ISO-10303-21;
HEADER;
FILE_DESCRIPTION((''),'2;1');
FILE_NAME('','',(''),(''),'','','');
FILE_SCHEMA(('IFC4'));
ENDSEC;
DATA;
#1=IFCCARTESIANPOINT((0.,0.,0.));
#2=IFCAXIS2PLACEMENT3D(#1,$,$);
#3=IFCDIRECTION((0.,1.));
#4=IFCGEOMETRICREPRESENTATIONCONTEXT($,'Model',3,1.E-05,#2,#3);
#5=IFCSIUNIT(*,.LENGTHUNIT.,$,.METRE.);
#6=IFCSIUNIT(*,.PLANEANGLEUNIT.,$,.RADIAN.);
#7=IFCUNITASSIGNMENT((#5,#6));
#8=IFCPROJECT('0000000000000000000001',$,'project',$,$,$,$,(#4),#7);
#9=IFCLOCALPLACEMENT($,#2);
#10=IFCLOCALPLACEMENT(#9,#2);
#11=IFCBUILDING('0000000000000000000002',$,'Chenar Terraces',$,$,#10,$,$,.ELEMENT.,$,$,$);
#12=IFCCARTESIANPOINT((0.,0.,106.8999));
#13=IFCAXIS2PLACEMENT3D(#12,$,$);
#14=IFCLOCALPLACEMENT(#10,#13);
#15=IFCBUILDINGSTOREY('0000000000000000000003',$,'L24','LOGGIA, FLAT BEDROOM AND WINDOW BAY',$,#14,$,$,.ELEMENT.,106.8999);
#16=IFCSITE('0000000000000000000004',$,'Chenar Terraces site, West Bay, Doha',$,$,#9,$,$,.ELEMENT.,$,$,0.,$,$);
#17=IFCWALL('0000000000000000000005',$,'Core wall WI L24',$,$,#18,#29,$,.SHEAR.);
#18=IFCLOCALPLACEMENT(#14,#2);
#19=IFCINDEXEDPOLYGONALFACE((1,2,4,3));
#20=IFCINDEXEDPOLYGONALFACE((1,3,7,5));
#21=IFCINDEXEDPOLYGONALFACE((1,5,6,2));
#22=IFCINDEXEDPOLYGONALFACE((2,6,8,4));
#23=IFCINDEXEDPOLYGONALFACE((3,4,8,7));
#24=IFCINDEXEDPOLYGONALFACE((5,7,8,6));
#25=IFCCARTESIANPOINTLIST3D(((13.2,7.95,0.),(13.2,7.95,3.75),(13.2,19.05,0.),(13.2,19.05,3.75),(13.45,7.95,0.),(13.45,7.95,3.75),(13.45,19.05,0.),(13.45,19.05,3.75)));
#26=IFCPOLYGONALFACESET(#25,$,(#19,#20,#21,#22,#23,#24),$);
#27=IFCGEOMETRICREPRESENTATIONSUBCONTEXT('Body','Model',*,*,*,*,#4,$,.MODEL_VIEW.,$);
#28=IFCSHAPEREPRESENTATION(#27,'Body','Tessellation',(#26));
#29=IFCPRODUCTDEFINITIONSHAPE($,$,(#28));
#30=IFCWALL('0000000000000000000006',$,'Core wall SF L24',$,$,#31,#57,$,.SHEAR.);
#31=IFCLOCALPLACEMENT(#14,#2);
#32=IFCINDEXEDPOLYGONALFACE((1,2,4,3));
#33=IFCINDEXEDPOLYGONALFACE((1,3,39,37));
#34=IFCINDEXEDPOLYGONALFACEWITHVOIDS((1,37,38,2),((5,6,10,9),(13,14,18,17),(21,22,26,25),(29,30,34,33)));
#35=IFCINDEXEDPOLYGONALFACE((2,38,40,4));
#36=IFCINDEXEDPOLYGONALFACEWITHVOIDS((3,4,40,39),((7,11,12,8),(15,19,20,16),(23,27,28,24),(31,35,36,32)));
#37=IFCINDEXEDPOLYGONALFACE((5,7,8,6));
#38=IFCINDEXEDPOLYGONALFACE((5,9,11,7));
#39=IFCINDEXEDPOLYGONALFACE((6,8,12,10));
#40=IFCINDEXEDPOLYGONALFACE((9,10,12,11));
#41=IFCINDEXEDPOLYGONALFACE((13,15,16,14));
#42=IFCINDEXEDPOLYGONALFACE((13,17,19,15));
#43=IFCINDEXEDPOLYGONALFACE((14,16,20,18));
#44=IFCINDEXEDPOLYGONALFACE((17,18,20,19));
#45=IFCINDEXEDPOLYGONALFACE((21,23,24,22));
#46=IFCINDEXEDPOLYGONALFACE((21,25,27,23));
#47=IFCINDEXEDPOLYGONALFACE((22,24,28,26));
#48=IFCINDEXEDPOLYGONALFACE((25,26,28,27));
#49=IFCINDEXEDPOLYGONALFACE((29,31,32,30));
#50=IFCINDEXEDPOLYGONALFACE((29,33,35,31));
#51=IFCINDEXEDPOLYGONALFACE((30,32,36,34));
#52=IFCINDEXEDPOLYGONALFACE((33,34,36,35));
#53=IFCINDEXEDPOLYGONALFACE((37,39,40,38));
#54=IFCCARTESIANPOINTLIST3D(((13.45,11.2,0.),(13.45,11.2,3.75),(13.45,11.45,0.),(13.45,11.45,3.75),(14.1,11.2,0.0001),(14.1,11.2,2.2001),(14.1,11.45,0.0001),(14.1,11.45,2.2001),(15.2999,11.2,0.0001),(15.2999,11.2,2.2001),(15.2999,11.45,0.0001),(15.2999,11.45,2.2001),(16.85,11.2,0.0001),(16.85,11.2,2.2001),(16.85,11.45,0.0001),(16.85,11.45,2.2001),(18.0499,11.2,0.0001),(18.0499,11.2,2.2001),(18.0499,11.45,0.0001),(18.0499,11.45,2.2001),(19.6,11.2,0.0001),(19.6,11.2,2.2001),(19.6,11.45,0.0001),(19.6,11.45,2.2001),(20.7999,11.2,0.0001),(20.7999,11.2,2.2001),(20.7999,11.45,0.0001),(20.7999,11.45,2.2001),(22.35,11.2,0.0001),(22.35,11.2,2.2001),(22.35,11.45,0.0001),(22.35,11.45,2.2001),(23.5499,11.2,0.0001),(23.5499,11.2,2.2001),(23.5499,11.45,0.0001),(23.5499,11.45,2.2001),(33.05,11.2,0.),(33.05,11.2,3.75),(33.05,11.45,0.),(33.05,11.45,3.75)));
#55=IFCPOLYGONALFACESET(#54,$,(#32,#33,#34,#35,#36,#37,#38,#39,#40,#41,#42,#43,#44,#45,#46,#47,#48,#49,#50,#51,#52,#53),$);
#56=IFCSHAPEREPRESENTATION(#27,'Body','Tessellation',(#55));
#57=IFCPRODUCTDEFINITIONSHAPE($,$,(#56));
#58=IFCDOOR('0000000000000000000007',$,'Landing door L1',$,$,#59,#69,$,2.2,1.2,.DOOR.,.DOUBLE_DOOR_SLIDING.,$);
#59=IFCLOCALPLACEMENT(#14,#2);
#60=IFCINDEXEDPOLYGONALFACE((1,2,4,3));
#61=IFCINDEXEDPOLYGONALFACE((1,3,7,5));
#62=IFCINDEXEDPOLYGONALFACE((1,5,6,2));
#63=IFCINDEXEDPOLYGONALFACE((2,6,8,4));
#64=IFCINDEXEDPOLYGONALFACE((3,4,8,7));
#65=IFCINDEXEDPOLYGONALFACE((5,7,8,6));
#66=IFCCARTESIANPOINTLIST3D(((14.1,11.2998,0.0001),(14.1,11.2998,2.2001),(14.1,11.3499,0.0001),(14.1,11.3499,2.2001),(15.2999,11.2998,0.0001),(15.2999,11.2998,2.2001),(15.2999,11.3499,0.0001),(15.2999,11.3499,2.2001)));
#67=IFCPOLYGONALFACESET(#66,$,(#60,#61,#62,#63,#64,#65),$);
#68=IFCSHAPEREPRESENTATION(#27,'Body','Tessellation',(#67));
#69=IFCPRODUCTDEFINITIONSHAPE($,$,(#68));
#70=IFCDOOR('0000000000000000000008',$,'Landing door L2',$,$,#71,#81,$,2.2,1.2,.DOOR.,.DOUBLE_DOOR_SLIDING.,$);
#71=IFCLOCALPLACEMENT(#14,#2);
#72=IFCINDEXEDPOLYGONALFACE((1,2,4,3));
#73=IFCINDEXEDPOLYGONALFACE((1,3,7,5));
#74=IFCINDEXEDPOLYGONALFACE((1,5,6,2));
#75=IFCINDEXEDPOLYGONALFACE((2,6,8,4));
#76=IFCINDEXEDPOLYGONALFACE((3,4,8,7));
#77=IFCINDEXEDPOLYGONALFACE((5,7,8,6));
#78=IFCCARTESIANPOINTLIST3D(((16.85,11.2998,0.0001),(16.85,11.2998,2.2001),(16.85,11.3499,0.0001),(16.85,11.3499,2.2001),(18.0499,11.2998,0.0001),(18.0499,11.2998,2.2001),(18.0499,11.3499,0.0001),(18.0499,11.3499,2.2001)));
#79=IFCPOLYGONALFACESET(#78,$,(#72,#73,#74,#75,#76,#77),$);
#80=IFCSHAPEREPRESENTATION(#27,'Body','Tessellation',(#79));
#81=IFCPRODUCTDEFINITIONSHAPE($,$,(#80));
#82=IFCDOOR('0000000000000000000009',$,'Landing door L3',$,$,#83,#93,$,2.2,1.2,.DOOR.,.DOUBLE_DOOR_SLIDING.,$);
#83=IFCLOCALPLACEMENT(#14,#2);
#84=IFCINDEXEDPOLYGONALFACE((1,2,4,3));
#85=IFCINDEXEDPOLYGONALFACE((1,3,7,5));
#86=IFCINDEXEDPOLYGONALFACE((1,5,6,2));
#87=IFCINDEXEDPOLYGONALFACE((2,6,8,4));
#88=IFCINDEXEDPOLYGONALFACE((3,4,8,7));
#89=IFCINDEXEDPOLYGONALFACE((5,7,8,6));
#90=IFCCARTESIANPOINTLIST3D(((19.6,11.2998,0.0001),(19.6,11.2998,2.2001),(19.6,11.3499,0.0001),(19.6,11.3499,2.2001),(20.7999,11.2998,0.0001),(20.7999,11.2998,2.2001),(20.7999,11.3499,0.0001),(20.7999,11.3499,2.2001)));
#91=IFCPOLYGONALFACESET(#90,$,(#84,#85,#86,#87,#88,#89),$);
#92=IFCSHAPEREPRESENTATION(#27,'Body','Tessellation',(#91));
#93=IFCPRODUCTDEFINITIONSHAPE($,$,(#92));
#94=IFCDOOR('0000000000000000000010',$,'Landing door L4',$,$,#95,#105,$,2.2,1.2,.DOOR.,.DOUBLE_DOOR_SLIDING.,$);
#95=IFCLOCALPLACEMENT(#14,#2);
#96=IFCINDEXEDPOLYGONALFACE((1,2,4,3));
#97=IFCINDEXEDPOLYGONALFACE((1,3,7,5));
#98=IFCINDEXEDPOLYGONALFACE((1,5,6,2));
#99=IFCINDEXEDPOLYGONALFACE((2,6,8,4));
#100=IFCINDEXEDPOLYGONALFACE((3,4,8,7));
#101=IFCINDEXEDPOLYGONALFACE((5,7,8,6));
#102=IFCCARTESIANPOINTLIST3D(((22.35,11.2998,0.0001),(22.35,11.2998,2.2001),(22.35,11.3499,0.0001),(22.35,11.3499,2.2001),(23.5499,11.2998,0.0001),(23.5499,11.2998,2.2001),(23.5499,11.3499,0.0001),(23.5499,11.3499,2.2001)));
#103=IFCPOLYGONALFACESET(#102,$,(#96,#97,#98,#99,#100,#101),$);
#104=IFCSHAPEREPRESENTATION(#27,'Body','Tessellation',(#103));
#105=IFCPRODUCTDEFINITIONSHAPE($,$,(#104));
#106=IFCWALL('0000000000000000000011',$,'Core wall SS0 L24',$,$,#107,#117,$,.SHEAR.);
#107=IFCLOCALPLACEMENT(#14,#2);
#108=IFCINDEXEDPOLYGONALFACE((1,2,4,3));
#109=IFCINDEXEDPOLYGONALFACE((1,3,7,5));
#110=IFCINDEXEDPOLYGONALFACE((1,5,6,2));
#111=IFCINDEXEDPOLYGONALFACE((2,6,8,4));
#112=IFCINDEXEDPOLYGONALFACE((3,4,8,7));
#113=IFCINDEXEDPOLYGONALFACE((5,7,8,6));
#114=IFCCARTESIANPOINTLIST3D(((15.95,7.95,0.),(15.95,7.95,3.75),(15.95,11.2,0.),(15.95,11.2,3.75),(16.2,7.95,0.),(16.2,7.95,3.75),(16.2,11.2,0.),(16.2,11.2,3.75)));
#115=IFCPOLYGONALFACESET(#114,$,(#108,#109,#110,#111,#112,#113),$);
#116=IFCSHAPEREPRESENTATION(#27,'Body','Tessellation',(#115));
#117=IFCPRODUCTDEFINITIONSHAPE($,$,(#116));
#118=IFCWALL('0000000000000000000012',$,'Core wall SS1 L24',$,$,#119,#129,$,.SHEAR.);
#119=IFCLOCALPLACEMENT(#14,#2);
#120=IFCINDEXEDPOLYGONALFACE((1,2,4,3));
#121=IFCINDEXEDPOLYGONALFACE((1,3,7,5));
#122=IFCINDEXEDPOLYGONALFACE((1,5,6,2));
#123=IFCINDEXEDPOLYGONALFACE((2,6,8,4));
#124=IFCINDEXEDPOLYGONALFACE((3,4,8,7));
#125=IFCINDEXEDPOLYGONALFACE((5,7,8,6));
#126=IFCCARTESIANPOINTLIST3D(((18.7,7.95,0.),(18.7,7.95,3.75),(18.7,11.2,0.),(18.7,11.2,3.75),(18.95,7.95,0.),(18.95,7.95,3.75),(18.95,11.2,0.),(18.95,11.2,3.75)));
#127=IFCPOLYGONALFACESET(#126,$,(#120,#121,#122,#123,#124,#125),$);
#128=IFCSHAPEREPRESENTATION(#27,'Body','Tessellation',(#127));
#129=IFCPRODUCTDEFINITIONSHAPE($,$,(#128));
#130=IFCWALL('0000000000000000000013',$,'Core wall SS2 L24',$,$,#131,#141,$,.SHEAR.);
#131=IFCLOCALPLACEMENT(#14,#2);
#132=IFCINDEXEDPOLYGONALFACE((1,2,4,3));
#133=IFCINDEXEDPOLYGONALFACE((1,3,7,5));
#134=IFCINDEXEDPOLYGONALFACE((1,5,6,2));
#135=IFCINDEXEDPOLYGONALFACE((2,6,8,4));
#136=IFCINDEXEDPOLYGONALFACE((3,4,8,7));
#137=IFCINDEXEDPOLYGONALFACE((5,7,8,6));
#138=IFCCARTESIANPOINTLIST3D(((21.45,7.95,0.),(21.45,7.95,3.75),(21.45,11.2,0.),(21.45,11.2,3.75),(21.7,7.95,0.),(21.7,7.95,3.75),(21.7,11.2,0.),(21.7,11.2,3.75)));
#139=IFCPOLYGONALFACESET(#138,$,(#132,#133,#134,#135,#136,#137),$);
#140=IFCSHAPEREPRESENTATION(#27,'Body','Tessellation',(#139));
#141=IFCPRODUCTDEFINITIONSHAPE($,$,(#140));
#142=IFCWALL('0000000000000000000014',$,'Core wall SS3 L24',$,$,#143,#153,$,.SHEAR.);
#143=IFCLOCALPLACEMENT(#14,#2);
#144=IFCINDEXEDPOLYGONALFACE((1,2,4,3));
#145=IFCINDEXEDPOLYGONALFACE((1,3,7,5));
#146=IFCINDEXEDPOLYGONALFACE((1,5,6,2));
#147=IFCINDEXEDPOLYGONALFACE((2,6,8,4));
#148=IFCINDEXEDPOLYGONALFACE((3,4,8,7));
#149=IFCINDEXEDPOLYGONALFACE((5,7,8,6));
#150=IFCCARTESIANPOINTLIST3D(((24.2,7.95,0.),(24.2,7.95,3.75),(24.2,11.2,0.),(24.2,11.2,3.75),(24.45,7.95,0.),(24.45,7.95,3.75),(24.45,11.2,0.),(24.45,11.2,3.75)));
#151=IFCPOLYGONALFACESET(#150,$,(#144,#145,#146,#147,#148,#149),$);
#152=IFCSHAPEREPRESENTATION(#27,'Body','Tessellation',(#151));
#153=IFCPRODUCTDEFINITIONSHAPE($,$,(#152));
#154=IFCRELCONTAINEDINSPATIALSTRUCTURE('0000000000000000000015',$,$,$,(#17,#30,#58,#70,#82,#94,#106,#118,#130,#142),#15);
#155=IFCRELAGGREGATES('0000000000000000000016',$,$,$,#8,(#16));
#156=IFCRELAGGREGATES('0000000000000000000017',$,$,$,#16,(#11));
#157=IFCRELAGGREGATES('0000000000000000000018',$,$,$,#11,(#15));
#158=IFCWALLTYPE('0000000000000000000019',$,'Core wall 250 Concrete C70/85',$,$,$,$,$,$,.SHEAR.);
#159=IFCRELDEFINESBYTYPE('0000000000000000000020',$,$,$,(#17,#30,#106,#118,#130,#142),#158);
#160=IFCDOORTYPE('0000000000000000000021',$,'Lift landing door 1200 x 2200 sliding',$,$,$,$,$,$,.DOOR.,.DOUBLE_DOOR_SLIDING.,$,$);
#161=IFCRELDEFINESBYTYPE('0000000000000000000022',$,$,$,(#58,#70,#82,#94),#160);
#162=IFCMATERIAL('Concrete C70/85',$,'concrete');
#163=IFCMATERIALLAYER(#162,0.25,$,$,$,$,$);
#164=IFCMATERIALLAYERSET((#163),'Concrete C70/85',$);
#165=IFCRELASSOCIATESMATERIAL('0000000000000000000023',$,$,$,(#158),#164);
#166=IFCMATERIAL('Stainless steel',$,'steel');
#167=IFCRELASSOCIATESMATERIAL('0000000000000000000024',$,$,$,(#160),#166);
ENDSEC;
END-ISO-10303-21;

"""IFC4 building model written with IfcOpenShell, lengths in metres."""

from ifc_helpers import new_model, si_unit, direction, frame, frame_2d, origin, place, context, subcontext, project, spatial, rectangle, extrude, material, layer, layer_set, type_object, element, fill, save


model = new_model("IFC4")

# Units and contexts
model_context = context("Model", 3, precision=1e-05, world=origin(), true_north=direction((0.0, 1.0)))
body_context = subcontext(model_context, "Body", "Model", "MODEL_VIEW")
ifc_project = project(units=[si_unit("LENGTHUNIT", "METRE"), si_unit("PLANEANGLEUNIT", "RADIAN")], contexts=[model_context])

# Site, building, storey
site_placement = place(None, origin())
site = spatial("IfcSite", under=ifc_project, at=site_placement, Name="Chenar Terraces site, West Bay, Doha", CompositionType="ELEMENT", RefElevation=0.0)
building_placement = place(site_placement, origin())
building = spatial("IfcBuilding", under=site, at=building_placement, Name="Chenar Terraces", CompositionType="ELEMENT")
storey_placement = place(building_placement, frame((0.0, 0.0, 106.8999)))
storey = spatial("IfcBuildingStorey", under=building, at=storey_placement, Name="L24", Description="LOGGIA, FLAT BEDROOM AND WINDOW BAY", CompositionType="ELEMENT", Elevation=106.8999)

# Wall
ifc_material_1 = material(Name="Concrete C70/85", Category="concrete")
ifc_layer_1 = layer(ifc_material_1, 0.25)
ifc_layer_set_1 = layer_set([ifc_layer_1], Name="Concrete C70/85")
wall_type_1 = type_object("IfcWallType", Name="Core wall 250 Concrete C70/85", PredefinedType="SHEAR", material=ifc_layer_set_1)
wall_1_placement = place(storey_placement, frame((13.325, 7.95, 0.0), z_axis=(0.0, 0.0, 1.0), x_axis=(0.0, 1.0, 0.0)))
element("IfcWall", 1, at=wall_1_placement, inside=storey, type_object=wall_type_1, Name="Core wall WI L24", PredefinedType="SHEAR", context=body_context, shape_type="SweptSolid", body=[
    extrude(rectangle(XDim=11.1001, YDim=0.25, at=frame_2d((5.55, 0.0))), origin(), (0.0, 0.0, 1.0), 3.75),
])

# Wall, openings, doors
wall_2_placement = place(storey_placement, frame((13.45, 11.325, 0.0), z_axis=(0.0, 0.0, 1.0), x_axis=(1.0, 0.0, 0.0)))
wall_2 = element("IfcWall", 2, at=wall_2_placement, inside=storey, type_object=wall_type_1, Name="Core wall SF L24", PredefinedType="SHEAR", context=body_context, shape_type="SweptSolid", body=[
    extrude(rectangle(XDim=19.6001, YDim=0.25, at=frame_2d((9.8, 0.0))), origin(), (0.0, 0.0, 1.0), 3.75),
])
opening_1_placement = place(wall_2_placement, frame((0.6499, 0.0, 0.0)))
opening_1 = element("IfcOpeningElement", 3, at=opening_1_placement, cuts=wall_2, PredefinedType="OPENING", context=body_context, shape_type="SweptSolid", body=[
    extrude(rectangle(XDim=1.2, YDim=2.2, at=frame_2d((0.6001, 1.1001))), frame((0.0, 0.135, 0.0), z_axis=(0.0, -1.0, 0.0), x_axis=(1.0, 0.0, 0.0)), (0.0, 0.0, 1.0), 0.27),
])
opening_2_placement = place(wall_2_placement, frame((3.3999, 0.0, 0.0)))
opening_2 = element("IfcOpeningElement", 4, at=opening_2_placement, cuts=wall_2, PredefinedType="OPENING", context=body_context, shape_type="SweptSolid", body=[
    extrude(rectangle(XDim=1.2, YDim=2.2, at=frame_2d((0.6001, 1.1001))), frame((0.0, 0.135, 0.0), z_axis=(0.0, -1.0, 0.0), x_axis=(1.0, 0.0, 0.0)), (0.0, 0.0, 1.0), 0.27),
])
opening_3_placement = place(wall_2_placement, frame((6.1499, 0.0, 0.0)))
opening_3 = element("IfcOpeningElement", 5, at=opening_3_placement, cuts=wall_2, PredefinedType="OPENING", context=body_context, shape_type="SweptSolid", body=[
    extrude(rectangle(XDim=1.2, YDim=2.2, at=frame_2d((0.6001, 1.1001))), frame((0.0, 0.135, 0.0), z_axis=(0.0, -1.0, 0.0), x_axis=(1.0, 0.0, 0.0)), (0.0, 0.0, 1.0), 0.27),
])
opening_4_placement = place(wall_2_placement, frame((8.8999, 0.0, 0.0)))
opening_4 = element("IfcOpeningElement", 6, at=opening_4_placement, cuts=wall_2, PredefinedType="OPENING", context=body_context, shape_type="SweptSolid", body=[
    extrude(rectangle(XDim=1.2, YDim=2.2, at=frame_2d((0.6001, 1.1001))), frame((0.0, 0.135, 0.0), z_axis=(0.0, -1.0, 0.0), x_axis=(1.0, 0.0, 0.0)), (0.0, 0.0, 1.0), 0.27),
])
ifc_material_2 = material(Name="Stainless steel", Category="steel")
door_type_1 = type_object("IfcDoorType", Name="Lift landing door 1200 x 2200 sliding", OperationType="DOUBLE_DOOR_SLIDING", PredefinedType="DOOR", material=ifc_material_2)
door_1_placement = place(opening_1_placement, origin())
door_1 = element("IfcDoor", 7, at=door_1_placement, inside=storey, type_object=door_type_1, Name="Landing door L1", OperationType="DOUBLE_DOOR_SLIDING", OverallHeight=2.2, OverallWidth=1.2, PredefinedType="DOOR", context=body_context, shape_type="SweptSolid", body=[
    extrude(rectangle(XDim=1.2, YDim=2.2, at=frame_2d((0.6001, 1.1001))), frame((0.0, 0.0249, 0.0), z_axis=(0.0, -1.0, 0.0), x_axis=(1.0, 0.0, 0.0)), (0.0, 0.0, 1.0), 0.05),
])
fill(opening_1, door_1)
door_2_placement = place(opening_2_placement, origin())
door_2 = element("IfcDoor", 8, at=door_2_placement, inside=storey, type_object=door_type_1, Name="Landing door L2", OperationType="DOUBLE_DOOR_SLIDING", OverallHeight=2.2, OverallWidth=1.2, PredefinedType="DOOR", context=body_context, shape_type="SweptSolid", body=[
    extrude(rectangle(XDim=1.2, YDim=2.2, at=frame_2d((0.6001, 1.1001))), frame((0.0, 0.0249, 0.0), z_axis=(0.0, -1.0, 0.0), x_axis=(1.0, 0.0, 0.0)), (0.0, 0.0, 1.0), 0.05),
])
fill(opening_2, door_2)
door_3_placement = place(opening_3_placement, origin())
door_3 = element("IfcDoor", 9, at=door_3_placement, inside=storey, type_object=door_type_1, Name="Landing door L3", OperationType="DOUBLE_DOOR_SLIDING", OverallHeight=2.2, OverallWidth=1.2, PredefinedType="DOOR", context=body_context, shape_type="SweptSolid", body=[
    extrude(rectangle(XDim=1.2, YDim=2.2, at=frame_2d((0.6001, 1.1001))), frame((0.0, 0.0249, 0.0), z_axis=(0.0, -1.0, 0.0), x_axis=(1.0, 0.0, 0.0)), (0.0, 0.0, 1.0), 0.05),
])
fill(opening_3, door_3)
door_4_placement = place(opening_4_placement, origin())
door_4 = element("IfcDoor", 10, at=door_4_placement, inside=storey, type_object=door_type_1, Name="Landing door L4", OperationType="DOUBLE_DOOR_SLIDING", OverallHeight=2.2, OverallWidth=1.2, PredefinedType="DOOR", context=body_context, shape_type="SweptSolid", body=[
    extrude(rectangle(XDim=1.2, YDim=2.2, at=frame_2d((0.6001, 1.1001))), frame((0.0, 0.0249, 0.0), z_axis=(0.0, -1.0, 0.0), x_axis=(1.0, 0.0, 0.0)), (0.0, 0.0, 1.0), 0.05),
])
fill(opening_4, door_4)

# Walls
for number, where, z_axis, x_axis, name in (
    (11, (16.075, 7.95, 0.0), (0.0, 0.0, 1.0), (0.0, 1.0, 0.0), "Core wall SS0 L24"),
    (12, (18.825, 7.95, 0.0), (0.0, 0.0, 1.0), (0.0, 1.0, 0.0), "Core wall SS1 L24"),
    (13, (21.575, 7.95, 0.0), (0.0, 0.0, 1.0), (0.0, 1.0, 0.0), "Core wall SS2 L24"),
    (14, (24.325, 7.95, 0.0), (0.0, 0.0, 1.0), (0.0, 1.0, 0.0), "Core wall SS3 L24"),
):
    element("IfcWall", number, at=place(storey_placement, frame(where, z_axis=z_axis, x_axis=x_axis)), inside=storey, type_object=wall_type_1, Name=name, PredefinedType="SHEAR", context=body_context, shape_type="SweptSolid", body=[
        extrude(rectangle(XDim=3.25, YDim=0.25, at=frame_2d((1.625, 0.0))), origin(), (0.0, 0.0, 1.0), 3.75),
    ])

save(model, "model.ifc")
